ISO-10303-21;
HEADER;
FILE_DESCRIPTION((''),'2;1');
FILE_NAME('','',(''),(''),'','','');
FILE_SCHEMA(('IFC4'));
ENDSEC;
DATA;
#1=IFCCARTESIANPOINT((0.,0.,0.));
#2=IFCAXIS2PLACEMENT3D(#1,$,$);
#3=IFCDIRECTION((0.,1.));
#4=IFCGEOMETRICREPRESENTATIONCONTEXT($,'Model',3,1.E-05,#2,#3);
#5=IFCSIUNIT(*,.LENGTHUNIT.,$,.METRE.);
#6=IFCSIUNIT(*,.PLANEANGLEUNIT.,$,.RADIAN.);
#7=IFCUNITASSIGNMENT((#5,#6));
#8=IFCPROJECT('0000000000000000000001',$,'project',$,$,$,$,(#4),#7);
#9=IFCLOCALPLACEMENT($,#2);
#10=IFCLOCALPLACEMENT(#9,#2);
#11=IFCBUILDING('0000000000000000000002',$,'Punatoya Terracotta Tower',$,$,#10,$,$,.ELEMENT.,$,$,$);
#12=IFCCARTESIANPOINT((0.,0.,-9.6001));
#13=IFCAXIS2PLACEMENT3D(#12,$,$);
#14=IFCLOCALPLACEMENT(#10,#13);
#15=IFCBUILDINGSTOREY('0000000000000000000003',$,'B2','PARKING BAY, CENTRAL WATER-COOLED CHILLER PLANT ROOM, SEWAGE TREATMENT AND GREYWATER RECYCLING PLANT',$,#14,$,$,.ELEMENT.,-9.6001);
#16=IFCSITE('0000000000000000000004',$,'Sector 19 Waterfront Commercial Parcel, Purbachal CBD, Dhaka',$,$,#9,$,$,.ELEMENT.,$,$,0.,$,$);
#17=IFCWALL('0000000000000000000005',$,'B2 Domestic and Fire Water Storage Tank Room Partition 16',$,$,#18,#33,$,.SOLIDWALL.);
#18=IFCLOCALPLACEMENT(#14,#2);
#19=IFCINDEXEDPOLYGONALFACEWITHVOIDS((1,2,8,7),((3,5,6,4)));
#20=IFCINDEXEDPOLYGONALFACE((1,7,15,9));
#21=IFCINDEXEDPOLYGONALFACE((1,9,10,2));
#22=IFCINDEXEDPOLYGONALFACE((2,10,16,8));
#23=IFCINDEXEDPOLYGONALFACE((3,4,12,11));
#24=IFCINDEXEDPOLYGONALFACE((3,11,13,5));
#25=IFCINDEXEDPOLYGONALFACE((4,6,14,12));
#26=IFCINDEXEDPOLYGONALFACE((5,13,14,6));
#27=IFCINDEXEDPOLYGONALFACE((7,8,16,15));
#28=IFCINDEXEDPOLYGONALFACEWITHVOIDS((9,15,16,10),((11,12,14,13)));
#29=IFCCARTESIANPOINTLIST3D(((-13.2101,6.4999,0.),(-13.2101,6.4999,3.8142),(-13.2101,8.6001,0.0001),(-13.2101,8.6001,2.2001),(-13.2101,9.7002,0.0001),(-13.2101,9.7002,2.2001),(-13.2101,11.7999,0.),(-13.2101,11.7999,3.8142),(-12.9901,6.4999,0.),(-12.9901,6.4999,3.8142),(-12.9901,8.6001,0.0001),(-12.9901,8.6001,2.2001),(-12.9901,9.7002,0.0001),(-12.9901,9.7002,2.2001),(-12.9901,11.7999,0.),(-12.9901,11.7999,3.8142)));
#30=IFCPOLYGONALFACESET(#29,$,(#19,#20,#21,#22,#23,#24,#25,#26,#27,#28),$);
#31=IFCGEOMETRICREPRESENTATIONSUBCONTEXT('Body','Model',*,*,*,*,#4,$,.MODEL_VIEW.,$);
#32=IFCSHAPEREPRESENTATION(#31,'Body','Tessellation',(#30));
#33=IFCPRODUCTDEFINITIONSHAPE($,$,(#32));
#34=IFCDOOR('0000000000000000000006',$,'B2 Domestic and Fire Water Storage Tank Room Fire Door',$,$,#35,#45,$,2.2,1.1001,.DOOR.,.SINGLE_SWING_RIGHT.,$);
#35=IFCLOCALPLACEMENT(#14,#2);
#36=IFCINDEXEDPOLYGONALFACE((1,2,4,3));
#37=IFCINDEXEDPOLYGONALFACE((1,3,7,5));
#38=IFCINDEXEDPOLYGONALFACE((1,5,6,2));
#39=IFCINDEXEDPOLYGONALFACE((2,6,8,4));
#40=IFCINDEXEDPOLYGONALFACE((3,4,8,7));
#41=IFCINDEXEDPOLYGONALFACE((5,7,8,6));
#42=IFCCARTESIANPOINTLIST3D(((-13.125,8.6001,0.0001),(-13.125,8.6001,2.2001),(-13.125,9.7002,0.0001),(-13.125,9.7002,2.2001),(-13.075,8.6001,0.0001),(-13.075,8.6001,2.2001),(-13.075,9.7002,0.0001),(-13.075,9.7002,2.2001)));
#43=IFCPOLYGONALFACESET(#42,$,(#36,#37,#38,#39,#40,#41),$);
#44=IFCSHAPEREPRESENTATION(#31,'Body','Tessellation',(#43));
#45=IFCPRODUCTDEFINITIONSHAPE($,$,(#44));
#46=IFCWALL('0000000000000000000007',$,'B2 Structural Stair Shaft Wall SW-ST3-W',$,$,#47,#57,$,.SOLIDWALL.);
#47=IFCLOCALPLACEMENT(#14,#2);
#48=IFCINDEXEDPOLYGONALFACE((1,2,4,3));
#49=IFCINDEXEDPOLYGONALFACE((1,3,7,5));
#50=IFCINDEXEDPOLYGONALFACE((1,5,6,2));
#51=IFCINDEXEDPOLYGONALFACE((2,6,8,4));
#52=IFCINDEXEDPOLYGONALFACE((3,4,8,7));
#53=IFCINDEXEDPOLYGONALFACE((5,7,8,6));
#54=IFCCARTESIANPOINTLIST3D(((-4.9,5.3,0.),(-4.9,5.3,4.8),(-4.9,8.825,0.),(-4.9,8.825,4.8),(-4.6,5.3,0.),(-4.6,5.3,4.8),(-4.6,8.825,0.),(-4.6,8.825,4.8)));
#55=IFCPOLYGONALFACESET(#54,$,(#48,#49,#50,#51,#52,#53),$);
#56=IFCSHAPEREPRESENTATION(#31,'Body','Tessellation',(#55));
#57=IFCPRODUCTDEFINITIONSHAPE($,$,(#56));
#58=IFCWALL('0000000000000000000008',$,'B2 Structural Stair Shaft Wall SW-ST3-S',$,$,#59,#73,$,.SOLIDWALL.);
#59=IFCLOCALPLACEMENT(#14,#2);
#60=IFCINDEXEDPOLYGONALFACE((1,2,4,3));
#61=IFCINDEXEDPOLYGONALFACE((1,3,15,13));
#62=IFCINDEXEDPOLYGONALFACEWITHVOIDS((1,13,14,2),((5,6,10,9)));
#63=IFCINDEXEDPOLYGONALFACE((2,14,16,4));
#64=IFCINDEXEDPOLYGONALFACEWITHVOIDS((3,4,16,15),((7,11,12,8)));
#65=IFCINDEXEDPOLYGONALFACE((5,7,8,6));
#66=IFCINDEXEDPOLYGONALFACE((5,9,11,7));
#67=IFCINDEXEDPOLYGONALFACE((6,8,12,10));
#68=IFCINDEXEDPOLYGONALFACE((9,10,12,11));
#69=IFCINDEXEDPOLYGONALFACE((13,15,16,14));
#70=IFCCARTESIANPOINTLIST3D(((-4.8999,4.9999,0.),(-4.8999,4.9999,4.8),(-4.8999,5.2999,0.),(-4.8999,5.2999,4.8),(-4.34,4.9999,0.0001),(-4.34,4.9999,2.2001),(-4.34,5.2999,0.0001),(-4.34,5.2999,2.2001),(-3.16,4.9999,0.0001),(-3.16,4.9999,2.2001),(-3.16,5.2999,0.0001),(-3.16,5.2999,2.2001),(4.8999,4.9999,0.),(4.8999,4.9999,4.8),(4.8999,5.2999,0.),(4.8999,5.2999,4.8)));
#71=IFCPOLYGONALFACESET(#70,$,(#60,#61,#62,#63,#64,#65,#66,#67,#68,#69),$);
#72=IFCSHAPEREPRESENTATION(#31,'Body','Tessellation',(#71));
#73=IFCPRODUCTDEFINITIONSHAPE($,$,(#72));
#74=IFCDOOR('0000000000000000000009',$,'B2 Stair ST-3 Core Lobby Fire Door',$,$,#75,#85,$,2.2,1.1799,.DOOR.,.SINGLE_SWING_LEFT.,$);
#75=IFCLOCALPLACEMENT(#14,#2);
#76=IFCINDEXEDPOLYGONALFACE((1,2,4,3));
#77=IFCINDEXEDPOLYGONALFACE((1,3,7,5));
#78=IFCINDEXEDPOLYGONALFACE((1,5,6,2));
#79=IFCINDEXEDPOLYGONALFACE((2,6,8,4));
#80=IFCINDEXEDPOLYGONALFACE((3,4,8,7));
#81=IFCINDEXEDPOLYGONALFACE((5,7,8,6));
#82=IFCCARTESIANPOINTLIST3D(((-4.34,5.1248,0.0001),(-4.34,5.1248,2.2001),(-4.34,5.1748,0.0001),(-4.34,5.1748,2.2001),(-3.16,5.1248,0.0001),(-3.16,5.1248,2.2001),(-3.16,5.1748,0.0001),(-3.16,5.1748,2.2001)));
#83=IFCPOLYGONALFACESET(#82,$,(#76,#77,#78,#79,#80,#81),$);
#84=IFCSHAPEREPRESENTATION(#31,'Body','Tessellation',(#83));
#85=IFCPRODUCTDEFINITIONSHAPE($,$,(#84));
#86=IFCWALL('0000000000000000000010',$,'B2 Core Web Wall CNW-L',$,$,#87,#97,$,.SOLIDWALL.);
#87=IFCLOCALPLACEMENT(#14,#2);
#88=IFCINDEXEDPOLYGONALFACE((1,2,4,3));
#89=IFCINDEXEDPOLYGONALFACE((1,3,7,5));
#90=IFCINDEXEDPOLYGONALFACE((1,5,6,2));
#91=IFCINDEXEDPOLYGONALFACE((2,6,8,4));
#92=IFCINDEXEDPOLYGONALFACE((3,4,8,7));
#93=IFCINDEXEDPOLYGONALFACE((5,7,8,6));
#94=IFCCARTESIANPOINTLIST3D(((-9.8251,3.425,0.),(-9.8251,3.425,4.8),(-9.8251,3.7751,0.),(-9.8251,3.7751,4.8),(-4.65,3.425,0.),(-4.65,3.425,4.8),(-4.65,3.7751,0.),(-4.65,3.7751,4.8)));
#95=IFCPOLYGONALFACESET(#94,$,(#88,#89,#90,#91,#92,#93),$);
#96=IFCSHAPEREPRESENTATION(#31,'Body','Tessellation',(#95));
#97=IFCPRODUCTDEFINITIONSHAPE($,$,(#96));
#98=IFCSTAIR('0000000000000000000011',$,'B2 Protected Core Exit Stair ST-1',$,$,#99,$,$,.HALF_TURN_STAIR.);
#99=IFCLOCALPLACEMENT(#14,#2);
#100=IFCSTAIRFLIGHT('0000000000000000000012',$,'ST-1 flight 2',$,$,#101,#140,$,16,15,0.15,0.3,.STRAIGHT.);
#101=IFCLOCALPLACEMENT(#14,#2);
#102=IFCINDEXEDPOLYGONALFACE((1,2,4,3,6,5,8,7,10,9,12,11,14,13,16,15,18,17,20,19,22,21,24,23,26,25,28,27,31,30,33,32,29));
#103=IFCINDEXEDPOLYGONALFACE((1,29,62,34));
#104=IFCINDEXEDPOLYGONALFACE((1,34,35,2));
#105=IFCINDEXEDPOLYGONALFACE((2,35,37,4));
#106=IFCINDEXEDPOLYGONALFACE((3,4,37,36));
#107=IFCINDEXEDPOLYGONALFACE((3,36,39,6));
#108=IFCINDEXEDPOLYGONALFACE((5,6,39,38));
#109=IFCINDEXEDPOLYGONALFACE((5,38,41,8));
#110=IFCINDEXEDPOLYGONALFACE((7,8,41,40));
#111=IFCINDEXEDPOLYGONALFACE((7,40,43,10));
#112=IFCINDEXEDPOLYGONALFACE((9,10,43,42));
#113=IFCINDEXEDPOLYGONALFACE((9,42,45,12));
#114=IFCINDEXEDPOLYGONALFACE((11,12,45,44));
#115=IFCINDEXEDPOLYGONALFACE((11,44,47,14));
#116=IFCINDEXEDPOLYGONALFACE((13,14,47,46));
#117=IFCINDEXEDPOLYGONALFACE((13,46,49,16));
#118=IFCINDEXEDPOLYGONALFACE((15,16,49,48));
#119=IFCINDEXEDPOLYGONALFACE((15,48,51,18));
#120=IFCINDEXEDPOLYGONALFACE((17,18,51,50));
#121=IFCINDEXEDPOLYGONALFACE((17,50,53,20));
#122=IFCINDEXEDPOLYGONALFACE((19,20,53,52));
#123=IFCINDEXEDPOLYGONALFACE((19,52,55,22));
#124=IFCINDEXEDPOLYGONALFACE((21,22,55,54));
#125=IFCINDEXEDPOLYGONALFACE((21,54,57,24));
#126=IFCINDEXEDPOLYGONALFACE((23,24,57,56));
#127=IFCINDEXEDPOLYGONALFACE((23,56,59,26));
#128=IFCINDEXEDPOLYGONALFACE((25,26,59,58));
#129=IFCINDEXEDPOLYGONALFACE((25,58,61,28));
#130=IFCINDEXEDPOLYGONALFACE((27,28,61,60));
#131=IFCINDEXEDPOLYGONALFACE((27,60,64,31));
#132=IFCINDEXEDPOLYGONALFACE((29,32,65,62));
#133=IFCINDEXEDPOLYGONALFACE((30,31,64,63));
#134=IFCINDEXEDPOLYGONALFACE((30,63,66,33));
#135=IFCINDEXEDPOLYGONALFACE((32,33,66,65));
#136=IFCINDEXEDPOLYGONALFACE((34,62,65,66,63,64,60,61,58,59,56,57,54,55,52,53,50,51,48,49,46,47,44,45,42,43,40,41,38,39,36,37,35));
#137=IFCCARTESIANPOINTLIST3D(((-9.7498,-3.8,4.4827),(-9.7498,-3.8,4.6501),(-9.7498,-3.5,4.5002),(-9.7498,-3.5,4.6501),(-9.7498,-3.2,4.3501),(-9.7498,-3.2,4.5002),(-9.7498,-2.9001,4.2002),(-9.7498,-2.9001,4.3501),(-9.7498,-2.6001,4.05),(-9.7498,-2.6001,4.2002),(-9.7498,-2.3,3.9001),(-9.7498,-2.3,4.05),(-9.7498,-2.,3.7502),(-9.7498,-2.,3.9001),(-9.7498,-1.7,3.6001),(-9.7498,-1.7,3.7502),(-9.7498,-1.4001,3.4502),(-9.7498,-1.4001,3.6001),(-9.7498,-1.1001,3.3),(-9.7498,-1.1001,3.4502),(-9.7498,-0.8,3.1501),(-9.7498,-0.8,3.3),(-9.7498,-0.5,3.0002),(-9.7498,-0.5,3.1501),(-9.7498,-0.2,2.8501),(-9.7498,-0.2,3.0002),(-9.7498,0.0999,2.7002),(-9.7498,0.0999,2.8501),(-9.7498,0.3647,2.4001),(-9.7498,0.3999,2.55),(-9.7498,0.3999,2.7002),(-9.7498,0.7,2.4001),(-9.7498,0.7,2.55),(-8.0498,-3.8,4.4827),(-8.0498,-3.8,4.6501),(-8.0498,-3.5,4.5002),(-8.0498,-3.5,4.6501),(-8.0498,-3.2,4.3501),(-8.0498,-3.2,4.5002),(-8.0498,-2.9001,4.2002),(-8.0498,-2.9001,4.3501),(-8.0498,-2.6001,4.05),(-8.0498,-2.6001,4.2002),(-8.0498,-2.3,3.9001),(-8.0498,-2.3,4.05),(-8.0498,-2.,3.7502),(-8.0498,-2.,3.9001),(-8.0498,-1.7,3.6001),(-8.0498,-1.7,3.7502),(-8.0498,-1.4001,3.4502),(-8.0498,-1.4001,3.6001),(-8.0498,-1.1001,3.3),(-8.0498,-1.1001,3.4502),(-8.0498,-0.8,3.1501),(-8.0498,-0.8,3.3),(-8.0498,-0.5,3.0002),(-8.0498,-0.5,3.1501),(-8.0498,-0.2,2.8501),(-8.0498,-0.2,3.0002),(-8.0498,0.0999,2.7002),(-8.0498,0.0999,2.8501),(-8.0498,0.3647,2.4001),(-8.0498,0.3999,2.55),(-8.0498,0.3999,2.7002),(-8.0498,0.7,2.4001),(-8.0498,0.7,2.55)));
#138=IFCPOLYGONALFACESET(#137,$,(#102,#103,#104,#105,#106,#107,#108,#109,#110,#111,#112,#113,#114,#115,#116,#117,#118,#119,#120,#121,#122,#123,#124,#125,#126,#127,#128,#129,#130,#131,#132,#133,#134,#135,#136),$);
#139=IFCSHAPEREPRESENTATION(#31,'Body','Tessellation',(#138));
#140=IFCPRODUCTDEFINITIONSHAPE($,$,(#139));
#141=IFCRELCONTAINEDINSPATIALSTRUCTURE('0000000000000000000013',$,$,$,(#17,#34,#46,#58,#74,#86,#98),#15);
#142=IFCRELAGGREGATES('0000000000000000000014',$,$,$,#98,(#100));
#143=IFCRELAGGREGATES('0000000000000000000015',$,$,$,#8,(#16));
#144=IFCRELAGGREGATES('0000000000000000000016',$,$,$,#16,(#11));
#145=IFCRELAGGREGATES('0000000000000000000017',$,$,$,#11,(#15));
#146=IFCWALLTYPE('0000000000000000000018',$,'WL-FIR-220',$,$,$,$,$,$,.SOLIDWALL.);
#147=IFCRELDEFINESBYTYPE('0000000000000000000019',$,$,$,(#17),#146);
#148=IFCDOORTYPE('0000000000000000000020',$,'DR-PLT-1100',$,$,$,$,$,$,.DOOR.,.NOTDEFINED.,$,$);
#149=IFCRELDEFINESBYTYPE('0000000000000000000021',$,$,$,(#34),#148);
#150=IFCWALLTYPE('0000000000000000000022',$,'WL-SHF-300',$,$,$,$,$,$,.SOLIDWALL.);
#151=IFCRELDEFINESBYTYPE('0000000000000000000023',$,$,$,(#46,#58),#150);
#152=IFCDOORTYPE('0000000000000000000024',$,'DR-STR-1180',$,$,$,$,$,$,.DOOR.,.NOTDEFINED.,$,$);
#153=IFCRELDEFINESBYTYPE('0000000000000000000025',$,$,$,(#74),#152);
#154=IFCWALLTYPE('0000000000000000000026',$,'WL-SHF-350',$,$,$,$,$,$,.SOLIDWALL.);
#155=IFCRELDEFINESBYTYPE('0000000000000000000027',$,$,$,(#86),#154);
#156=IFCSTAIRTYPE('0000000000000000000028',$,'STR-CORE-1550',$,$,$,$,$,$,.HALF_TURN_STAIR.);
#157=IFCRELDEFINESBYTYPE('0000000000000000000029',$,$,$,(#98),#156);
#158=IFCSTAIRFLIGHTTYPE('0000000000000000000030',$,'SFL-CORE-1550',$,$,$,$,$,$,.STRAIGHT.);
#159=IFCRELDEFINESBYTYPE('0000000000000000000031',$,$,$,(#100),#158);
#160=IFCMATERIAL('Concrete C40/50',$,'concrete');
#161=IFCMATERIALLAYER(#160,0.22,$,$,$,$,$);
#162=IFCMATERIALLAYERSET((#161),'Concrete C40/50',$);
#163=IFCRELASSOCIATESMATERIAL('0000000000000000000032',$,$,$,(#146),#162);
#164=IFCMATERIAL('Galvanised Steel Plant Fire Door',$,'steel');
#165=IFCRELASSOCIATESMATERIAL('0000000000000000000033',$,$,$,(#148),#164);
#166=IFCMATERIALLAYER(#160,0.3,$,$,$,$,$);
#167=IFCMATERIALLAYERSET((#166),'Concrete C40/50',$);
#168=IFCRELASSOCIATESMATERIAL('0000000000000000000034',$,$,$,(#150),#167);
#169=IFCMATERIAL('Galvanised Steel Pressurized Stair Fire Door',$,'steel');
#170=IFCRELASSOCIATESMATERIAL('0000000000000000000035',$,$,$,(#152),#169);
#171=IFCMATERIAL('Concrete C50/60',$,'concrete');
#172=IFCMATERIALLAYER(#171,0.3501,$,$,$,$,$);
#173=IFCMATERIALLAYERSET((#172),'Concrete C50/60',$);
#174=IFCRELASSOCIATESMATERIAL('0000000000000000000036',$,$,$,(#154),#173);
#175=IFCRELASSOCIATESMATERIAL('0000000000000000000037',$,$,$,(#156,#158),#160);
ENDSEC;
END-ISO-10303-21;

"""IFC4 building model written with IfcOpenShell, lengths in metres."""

from ifc_helpers import new_model, si_unit, direction, frame, frame_2d, origin, place, context, subcontext, project, spatial, polyline, rectangle, outline, extrude, material, layer, layer_set, type_object, element, fill, aggregate, save


model = new_model("IFC4")

# Units and contexts
model_context = context("Model", 3, precision=1e-05, world=origin(), true_north=direction((0.0, 1.0)))
body_context = subcontext(model_context, "Body", "Model", "MODEL_VIEW")
ifc_project = project(units=[si_unit("LENGTHUNIT", "METRE"), si_unit("PLANEANGLEUNIT", "RADIAN")], contexts=[model_context])

# Site, building, storey
site_placement = place(None, origin())
site = spatial("IfcSite", under=ifc_project, at=site_placement, Name="Sector 19 Waterfront Commercial Parcel, Purbachal CBD, Dhaka", CompositionType="ELEMENT", RefElevation=0.0)
building_placement = place(site_placement, origin())
building = spatial("IfcBuilding", under=site, at=building_placement, Name="Punatoya Terracotta Tower", CompositionType="ELEMENT")
storey_placement = place(building_placement, frame((0.0, 0.0, -9.6001)))
storey = spatial("IfcBuildingStorey", under=building, at=storey_placement, Name="B2", Description="PARKING BAY, CENTRAL WATER-COOLED CHILLER PLANT ROOM, SEWAGE TREATMENT AND GREYWATER RECYCLING PLANT", CompositionType="ELEMENT", Elevation=-9.6001)

# Shared definitions
ifc_material_1 = material(Name="Concrete C40/50", Category="concrete")
ifc_layer_1 = layer(ifc_material_1, 0.22)
ifc_layer_set_1 = layer_set([ifc_layer_1], Name="Concrete C40/50")
wall_type_1 = type_object("IfcWallType", Name="WL-FIR-220", PredefinedType="SOLIDWALL", material=ifc_layer_set_1)

# Wall, opening, door
wall_1_placement = place(storey_placement, frame((-13.1001, 6.5, 0.0), z_axis=(0.0, 0.0, 1.0), x_axis=(0.0, 1.0, 0.0)))
wall_1 = element("IfcWall", 1, at=wall_1_placement, inside=storey, type_object=wall_type_1, Name="B2 Domestic and Fire Water Storage Tank Room Partition 16", PredefinedType="SOLIDWALL", context=body_context, shape_type="SweptSolid", body=[
    extrude(rectangle(XDim=5.3, YDim=0.22, at=frame_2d((2.6499, 0.0))), origin(), (0.0, 0.0, 1.0), 3.8142),
])
opening_1_placement = place(wall_1_placement, frame((2.1001, 0.0, 0.0)))
opening_1 = element("IfcOpeningElement", 2, at=opening_1_placement, cuts=wall_1, PredefinedType="OPENING", context=body_context, shape_type="SweptSolid", body=[
    extrude(rectangle(XDim=1.1001, YDim=2.2, at=frame_2d((0.55, 1.1001))), frame((0.0, 0.1199, 0.0), z_axis=(0.0, -1.0, 0.0), x_axis=(1.0, 0.0, 0.0)), (0.0, 0.0, 1.0), 0.24),
])
ifc_material_2 = material(Name="Galvanised Steel Plant Fire Door", Category="steel")
door_type_1 = type_object("IfcDoorType", Name="DR-PLT-1100", OperationType="NOTDEFINED", PredefinedType="DOOR", material=ifc_material_2)
door_1_placement = place(opening_1_placement, origin())
door_1 = element("IfcDoor", 3, at=door_1_placement, inside=storey, type_object=door_type_1, Name="B2 Domestic and Fire Water Storage Tank Room Fire Door", OperationType="SINGLE_SWING_RIGHT", OverallHeight=2.2, OverallWidth=1.1001, PredefinedType="DOOR", context=body_context, shape_type="SweptSolid", body=[
    extrude(rectangle(XDim=1.1001, YDim=2.2, at=frame_2d((0.55, 1.1001))), frame((0.0, 0.0249, 0.0), z_axis=(0.0, -1.0, 0.0), x_axis=(1.0, 0.0, 0.0)), (0.0, 0.0, 1.0), 0.05),
])
fill(opening_1, door_1)

# Wall
ifc_layer_2 = layer(ifc_material_1, 0.3)
ifc_layer_set_2 = layer_set([ifc_layer_2], Name="Concrete C40/50")
wall_type_2 = type_object("IfcWallType", Name="WL-SHF-300", PredefinedType="SOLIDWALL", material=ifc_layer_set_2)
wall_2_placement = place(storey_placement, frame((-4.75, 5.3, 0.0), z_axis=(0.0, 0.0, 1.0), x_axis=(0.0, 1.0, 0.0)))
element("IfcWall", 4, at=wall_2_placement, inside=storey, type_object=wall_type_2, Name="B2 Structural Stair Shaft Wall SW-ST3-W", PredefinedType="SOLIDWALL", context=body_context, shape_type="SweptSolid", body=[
    extrude(rectangle(XDim=3.5249, YDim=0.3, at=frame_2d((1.7625, 0.0))), origin(), (0.0, 0.0, 1.0), 4.8),
])

# Wall, opening, door
wall_3_placement = place(storey_placement, frame((-4.8999, 5.1499, 0.0), z_axis=(0.0, 0.0, 1.0), x_axis=(1.0, 0.0, 0.0)))
wall_3 = element("IfcWall", 5, at=wall_3_placement, inside=storey, type_object=wall_type_2, Name="B2 Structural Stair Shaft Wall SW-ST3-S", PredefinedType="SOLIDWALL", context=body_context, shape_type="SweptSolid", body=[
    extrude(rectangle(XDim=9.7998, YDim=0.3, at=frame_2d((4.8999, 0.0))), origin(), (0.0, 0.0, 1.0), 4.8),
])
opening_2_placement = place(wall_3_placement, frame((0.5601, 0.0, 0.0)))
opening_2 = element("IfcOpeningElement", 6, at=opening_2_placement, cuts=wall_3, PredefinedType="OPENING", context=body_context, shape_type="SweptSolid", body=[
    extrude(rectangle(XDim=1.1799, YDim=2.2, at=frame_2d((0.5898, 1.1001))), frame((0.0, 0.1599, 0.0), z_axis=(0.0, -1.0, 0.0), x_axis=(1.0, 0.0, 0.0)), (0.0, 0.0, 1.0), 0.3201),
])
ifc_material_3 = material(Name="Galvanised Steel Pressurized Stair Fire Door", Category="steel")
door_type_2 = type_object("IfcDoorType", Name="DR-STR-1180", OperationType="NOTDEFINED", PredefinedType="DOOR", material=ifc_material_3)
door_2_placement = place(opening_2_placement, origin())
door_2 = element("IfcDoor", 7, at=door_2_placement, inside=storey, type_object=door_type_2, Name="B2 Stair ST-3 Core Lobby Fire Door", OperationType="SINGLE_SWING_LEFT", OverallHeight=2.2, OverallWidth=1.1799, PredefinedType="DOOR", context=body_context, shape_type="SweptSolid", body=[
    extrude(rectangle(XDim=1.1799, YDim=2.2, at=frame_2d((0.5898, 1.1001))), frame((0.0, 0.0249, 0.0), z_axis=(0.0, -1.0, 0.0), x_axis=(1.0, 0.0, 0.0)), (0.0, 0.0, 1.0), 0.05),
])
fill(opening_2, door_2)

# Wall
ifc_material_4 = material(Name="Concrete C50/60", Category="concrete")
ifc_layer_3 = layer(ifc_material_4, 0.3501)
ifc_layer_set_3 = layer_set([ifc_layer_3], Name="Concrete C50/60")
wall_type_3 = type_object("IfcWallType", Name="WL-SHF-350", PredefinedType="SOLIDWALL", material=ifc_layer_set_3)
wall_4_placement = place(storey_placement, frame((-9.825, 3.6001, 0.0), z_axis=(0.0, 0.0, 1.0), x_axis=(1.0, 0.0, 0.0)))
element("IfcWall", 8, at=wall_4_placement, inside=storey, type_object=wall_type_3, Name="B2 Core Web Wall CNW-L", PredefinedType="SOLIDWALL", context=body_context, shape_type="SweptSolid", body=[
    extrude(rectangle(XDim=5.175, YDim=0.3501, at=frame_2d((2.5874, 0.0))), origin(), (0.0, 0.0, 1.0), 4.8),
])

# Stair, stair flight
stair_type_1 = type_object("IfcStairType", Name="STR-CORE-1550", PredefinedType="HALF_TURN_STAIR", material=ifc_material_1)
stair_1_placement = place(storey_placement, origin())
stair_1 = element("IfcStair", 9, at=stair_1_placement, inside=storey, type_object=stair_type_1, Name="B2 Protected Core Exit Stair ST-1", PredefinedType="HALF_TURN_STAIR")
stair_flight_type_1 = type_object("IfcStairFlightType", Name="SFL-CORE-1550", PredefinedType="STRAIGHT", material=ifc_material_1)
stair_flight_1_placement = place(storey_placement, frame((-8.8999, 0.7, 2.4001), z_axis=(0.0, 0.0, 1.0), x_axis=(0.0, -1.0, 0.0)))
stair_flight_1 = element("IfcStairFlight", 10, at=stair_flight_1_placement, type_object=stair_flight_type_1, Name="ST-1 flight 2", NumberOfRisers=16, NumberOfTreads=15, PredefinedType="STRAIGHT", RiserHeight=0.15, TreadLength=0.3, context=body_context, shape_type="SweptSolid", body=[
    extrude(outline(polyline([(0.0, 0.0), (0.0, 0.1499), (0.3, 0.1499), (0.3, 0.3), (0.6001, 0.3), (0.6001, 0.45), (0.8999, 0.45), (0.8999, 0.6001), (1.2, 0.6001), (1.2, 0.75), (1.5, 0.75), (1.5, 0.8999), (1.8, 0.8999), (1.8, 1.05), (2.1001, 1.05), (2.1001, 1.2), (2.3999, 1.2), (2.3999, 1.3501), (2.7, 1.3501), (2.7, 1.5), (3.0, 1.5), (3.0, 1.6499), (3.3, 1.6499), (3.3, 1.8), (3.6001, 1.8), (3.6001, 1.95), (3.8999, 1.95), (3.8999, 2.1001), (4.2, 2.1001), (4.2, 2.25), (4.5, 2.25), (4.5, 2.3999), (4.5, 2.0825), (0.3352, 0.0), (0.0, 0.0)])), frame((0.0, 0.8501, 0.0), z_axis=(0.0, -1.0, 0.0), x_axis=(1.0, 0.0, 0.0)), (0.0, 0.0, 1.0), 1.7),
])
aggregate(stair_1, [stair_flight_1])

save(model, "model.ifc")
